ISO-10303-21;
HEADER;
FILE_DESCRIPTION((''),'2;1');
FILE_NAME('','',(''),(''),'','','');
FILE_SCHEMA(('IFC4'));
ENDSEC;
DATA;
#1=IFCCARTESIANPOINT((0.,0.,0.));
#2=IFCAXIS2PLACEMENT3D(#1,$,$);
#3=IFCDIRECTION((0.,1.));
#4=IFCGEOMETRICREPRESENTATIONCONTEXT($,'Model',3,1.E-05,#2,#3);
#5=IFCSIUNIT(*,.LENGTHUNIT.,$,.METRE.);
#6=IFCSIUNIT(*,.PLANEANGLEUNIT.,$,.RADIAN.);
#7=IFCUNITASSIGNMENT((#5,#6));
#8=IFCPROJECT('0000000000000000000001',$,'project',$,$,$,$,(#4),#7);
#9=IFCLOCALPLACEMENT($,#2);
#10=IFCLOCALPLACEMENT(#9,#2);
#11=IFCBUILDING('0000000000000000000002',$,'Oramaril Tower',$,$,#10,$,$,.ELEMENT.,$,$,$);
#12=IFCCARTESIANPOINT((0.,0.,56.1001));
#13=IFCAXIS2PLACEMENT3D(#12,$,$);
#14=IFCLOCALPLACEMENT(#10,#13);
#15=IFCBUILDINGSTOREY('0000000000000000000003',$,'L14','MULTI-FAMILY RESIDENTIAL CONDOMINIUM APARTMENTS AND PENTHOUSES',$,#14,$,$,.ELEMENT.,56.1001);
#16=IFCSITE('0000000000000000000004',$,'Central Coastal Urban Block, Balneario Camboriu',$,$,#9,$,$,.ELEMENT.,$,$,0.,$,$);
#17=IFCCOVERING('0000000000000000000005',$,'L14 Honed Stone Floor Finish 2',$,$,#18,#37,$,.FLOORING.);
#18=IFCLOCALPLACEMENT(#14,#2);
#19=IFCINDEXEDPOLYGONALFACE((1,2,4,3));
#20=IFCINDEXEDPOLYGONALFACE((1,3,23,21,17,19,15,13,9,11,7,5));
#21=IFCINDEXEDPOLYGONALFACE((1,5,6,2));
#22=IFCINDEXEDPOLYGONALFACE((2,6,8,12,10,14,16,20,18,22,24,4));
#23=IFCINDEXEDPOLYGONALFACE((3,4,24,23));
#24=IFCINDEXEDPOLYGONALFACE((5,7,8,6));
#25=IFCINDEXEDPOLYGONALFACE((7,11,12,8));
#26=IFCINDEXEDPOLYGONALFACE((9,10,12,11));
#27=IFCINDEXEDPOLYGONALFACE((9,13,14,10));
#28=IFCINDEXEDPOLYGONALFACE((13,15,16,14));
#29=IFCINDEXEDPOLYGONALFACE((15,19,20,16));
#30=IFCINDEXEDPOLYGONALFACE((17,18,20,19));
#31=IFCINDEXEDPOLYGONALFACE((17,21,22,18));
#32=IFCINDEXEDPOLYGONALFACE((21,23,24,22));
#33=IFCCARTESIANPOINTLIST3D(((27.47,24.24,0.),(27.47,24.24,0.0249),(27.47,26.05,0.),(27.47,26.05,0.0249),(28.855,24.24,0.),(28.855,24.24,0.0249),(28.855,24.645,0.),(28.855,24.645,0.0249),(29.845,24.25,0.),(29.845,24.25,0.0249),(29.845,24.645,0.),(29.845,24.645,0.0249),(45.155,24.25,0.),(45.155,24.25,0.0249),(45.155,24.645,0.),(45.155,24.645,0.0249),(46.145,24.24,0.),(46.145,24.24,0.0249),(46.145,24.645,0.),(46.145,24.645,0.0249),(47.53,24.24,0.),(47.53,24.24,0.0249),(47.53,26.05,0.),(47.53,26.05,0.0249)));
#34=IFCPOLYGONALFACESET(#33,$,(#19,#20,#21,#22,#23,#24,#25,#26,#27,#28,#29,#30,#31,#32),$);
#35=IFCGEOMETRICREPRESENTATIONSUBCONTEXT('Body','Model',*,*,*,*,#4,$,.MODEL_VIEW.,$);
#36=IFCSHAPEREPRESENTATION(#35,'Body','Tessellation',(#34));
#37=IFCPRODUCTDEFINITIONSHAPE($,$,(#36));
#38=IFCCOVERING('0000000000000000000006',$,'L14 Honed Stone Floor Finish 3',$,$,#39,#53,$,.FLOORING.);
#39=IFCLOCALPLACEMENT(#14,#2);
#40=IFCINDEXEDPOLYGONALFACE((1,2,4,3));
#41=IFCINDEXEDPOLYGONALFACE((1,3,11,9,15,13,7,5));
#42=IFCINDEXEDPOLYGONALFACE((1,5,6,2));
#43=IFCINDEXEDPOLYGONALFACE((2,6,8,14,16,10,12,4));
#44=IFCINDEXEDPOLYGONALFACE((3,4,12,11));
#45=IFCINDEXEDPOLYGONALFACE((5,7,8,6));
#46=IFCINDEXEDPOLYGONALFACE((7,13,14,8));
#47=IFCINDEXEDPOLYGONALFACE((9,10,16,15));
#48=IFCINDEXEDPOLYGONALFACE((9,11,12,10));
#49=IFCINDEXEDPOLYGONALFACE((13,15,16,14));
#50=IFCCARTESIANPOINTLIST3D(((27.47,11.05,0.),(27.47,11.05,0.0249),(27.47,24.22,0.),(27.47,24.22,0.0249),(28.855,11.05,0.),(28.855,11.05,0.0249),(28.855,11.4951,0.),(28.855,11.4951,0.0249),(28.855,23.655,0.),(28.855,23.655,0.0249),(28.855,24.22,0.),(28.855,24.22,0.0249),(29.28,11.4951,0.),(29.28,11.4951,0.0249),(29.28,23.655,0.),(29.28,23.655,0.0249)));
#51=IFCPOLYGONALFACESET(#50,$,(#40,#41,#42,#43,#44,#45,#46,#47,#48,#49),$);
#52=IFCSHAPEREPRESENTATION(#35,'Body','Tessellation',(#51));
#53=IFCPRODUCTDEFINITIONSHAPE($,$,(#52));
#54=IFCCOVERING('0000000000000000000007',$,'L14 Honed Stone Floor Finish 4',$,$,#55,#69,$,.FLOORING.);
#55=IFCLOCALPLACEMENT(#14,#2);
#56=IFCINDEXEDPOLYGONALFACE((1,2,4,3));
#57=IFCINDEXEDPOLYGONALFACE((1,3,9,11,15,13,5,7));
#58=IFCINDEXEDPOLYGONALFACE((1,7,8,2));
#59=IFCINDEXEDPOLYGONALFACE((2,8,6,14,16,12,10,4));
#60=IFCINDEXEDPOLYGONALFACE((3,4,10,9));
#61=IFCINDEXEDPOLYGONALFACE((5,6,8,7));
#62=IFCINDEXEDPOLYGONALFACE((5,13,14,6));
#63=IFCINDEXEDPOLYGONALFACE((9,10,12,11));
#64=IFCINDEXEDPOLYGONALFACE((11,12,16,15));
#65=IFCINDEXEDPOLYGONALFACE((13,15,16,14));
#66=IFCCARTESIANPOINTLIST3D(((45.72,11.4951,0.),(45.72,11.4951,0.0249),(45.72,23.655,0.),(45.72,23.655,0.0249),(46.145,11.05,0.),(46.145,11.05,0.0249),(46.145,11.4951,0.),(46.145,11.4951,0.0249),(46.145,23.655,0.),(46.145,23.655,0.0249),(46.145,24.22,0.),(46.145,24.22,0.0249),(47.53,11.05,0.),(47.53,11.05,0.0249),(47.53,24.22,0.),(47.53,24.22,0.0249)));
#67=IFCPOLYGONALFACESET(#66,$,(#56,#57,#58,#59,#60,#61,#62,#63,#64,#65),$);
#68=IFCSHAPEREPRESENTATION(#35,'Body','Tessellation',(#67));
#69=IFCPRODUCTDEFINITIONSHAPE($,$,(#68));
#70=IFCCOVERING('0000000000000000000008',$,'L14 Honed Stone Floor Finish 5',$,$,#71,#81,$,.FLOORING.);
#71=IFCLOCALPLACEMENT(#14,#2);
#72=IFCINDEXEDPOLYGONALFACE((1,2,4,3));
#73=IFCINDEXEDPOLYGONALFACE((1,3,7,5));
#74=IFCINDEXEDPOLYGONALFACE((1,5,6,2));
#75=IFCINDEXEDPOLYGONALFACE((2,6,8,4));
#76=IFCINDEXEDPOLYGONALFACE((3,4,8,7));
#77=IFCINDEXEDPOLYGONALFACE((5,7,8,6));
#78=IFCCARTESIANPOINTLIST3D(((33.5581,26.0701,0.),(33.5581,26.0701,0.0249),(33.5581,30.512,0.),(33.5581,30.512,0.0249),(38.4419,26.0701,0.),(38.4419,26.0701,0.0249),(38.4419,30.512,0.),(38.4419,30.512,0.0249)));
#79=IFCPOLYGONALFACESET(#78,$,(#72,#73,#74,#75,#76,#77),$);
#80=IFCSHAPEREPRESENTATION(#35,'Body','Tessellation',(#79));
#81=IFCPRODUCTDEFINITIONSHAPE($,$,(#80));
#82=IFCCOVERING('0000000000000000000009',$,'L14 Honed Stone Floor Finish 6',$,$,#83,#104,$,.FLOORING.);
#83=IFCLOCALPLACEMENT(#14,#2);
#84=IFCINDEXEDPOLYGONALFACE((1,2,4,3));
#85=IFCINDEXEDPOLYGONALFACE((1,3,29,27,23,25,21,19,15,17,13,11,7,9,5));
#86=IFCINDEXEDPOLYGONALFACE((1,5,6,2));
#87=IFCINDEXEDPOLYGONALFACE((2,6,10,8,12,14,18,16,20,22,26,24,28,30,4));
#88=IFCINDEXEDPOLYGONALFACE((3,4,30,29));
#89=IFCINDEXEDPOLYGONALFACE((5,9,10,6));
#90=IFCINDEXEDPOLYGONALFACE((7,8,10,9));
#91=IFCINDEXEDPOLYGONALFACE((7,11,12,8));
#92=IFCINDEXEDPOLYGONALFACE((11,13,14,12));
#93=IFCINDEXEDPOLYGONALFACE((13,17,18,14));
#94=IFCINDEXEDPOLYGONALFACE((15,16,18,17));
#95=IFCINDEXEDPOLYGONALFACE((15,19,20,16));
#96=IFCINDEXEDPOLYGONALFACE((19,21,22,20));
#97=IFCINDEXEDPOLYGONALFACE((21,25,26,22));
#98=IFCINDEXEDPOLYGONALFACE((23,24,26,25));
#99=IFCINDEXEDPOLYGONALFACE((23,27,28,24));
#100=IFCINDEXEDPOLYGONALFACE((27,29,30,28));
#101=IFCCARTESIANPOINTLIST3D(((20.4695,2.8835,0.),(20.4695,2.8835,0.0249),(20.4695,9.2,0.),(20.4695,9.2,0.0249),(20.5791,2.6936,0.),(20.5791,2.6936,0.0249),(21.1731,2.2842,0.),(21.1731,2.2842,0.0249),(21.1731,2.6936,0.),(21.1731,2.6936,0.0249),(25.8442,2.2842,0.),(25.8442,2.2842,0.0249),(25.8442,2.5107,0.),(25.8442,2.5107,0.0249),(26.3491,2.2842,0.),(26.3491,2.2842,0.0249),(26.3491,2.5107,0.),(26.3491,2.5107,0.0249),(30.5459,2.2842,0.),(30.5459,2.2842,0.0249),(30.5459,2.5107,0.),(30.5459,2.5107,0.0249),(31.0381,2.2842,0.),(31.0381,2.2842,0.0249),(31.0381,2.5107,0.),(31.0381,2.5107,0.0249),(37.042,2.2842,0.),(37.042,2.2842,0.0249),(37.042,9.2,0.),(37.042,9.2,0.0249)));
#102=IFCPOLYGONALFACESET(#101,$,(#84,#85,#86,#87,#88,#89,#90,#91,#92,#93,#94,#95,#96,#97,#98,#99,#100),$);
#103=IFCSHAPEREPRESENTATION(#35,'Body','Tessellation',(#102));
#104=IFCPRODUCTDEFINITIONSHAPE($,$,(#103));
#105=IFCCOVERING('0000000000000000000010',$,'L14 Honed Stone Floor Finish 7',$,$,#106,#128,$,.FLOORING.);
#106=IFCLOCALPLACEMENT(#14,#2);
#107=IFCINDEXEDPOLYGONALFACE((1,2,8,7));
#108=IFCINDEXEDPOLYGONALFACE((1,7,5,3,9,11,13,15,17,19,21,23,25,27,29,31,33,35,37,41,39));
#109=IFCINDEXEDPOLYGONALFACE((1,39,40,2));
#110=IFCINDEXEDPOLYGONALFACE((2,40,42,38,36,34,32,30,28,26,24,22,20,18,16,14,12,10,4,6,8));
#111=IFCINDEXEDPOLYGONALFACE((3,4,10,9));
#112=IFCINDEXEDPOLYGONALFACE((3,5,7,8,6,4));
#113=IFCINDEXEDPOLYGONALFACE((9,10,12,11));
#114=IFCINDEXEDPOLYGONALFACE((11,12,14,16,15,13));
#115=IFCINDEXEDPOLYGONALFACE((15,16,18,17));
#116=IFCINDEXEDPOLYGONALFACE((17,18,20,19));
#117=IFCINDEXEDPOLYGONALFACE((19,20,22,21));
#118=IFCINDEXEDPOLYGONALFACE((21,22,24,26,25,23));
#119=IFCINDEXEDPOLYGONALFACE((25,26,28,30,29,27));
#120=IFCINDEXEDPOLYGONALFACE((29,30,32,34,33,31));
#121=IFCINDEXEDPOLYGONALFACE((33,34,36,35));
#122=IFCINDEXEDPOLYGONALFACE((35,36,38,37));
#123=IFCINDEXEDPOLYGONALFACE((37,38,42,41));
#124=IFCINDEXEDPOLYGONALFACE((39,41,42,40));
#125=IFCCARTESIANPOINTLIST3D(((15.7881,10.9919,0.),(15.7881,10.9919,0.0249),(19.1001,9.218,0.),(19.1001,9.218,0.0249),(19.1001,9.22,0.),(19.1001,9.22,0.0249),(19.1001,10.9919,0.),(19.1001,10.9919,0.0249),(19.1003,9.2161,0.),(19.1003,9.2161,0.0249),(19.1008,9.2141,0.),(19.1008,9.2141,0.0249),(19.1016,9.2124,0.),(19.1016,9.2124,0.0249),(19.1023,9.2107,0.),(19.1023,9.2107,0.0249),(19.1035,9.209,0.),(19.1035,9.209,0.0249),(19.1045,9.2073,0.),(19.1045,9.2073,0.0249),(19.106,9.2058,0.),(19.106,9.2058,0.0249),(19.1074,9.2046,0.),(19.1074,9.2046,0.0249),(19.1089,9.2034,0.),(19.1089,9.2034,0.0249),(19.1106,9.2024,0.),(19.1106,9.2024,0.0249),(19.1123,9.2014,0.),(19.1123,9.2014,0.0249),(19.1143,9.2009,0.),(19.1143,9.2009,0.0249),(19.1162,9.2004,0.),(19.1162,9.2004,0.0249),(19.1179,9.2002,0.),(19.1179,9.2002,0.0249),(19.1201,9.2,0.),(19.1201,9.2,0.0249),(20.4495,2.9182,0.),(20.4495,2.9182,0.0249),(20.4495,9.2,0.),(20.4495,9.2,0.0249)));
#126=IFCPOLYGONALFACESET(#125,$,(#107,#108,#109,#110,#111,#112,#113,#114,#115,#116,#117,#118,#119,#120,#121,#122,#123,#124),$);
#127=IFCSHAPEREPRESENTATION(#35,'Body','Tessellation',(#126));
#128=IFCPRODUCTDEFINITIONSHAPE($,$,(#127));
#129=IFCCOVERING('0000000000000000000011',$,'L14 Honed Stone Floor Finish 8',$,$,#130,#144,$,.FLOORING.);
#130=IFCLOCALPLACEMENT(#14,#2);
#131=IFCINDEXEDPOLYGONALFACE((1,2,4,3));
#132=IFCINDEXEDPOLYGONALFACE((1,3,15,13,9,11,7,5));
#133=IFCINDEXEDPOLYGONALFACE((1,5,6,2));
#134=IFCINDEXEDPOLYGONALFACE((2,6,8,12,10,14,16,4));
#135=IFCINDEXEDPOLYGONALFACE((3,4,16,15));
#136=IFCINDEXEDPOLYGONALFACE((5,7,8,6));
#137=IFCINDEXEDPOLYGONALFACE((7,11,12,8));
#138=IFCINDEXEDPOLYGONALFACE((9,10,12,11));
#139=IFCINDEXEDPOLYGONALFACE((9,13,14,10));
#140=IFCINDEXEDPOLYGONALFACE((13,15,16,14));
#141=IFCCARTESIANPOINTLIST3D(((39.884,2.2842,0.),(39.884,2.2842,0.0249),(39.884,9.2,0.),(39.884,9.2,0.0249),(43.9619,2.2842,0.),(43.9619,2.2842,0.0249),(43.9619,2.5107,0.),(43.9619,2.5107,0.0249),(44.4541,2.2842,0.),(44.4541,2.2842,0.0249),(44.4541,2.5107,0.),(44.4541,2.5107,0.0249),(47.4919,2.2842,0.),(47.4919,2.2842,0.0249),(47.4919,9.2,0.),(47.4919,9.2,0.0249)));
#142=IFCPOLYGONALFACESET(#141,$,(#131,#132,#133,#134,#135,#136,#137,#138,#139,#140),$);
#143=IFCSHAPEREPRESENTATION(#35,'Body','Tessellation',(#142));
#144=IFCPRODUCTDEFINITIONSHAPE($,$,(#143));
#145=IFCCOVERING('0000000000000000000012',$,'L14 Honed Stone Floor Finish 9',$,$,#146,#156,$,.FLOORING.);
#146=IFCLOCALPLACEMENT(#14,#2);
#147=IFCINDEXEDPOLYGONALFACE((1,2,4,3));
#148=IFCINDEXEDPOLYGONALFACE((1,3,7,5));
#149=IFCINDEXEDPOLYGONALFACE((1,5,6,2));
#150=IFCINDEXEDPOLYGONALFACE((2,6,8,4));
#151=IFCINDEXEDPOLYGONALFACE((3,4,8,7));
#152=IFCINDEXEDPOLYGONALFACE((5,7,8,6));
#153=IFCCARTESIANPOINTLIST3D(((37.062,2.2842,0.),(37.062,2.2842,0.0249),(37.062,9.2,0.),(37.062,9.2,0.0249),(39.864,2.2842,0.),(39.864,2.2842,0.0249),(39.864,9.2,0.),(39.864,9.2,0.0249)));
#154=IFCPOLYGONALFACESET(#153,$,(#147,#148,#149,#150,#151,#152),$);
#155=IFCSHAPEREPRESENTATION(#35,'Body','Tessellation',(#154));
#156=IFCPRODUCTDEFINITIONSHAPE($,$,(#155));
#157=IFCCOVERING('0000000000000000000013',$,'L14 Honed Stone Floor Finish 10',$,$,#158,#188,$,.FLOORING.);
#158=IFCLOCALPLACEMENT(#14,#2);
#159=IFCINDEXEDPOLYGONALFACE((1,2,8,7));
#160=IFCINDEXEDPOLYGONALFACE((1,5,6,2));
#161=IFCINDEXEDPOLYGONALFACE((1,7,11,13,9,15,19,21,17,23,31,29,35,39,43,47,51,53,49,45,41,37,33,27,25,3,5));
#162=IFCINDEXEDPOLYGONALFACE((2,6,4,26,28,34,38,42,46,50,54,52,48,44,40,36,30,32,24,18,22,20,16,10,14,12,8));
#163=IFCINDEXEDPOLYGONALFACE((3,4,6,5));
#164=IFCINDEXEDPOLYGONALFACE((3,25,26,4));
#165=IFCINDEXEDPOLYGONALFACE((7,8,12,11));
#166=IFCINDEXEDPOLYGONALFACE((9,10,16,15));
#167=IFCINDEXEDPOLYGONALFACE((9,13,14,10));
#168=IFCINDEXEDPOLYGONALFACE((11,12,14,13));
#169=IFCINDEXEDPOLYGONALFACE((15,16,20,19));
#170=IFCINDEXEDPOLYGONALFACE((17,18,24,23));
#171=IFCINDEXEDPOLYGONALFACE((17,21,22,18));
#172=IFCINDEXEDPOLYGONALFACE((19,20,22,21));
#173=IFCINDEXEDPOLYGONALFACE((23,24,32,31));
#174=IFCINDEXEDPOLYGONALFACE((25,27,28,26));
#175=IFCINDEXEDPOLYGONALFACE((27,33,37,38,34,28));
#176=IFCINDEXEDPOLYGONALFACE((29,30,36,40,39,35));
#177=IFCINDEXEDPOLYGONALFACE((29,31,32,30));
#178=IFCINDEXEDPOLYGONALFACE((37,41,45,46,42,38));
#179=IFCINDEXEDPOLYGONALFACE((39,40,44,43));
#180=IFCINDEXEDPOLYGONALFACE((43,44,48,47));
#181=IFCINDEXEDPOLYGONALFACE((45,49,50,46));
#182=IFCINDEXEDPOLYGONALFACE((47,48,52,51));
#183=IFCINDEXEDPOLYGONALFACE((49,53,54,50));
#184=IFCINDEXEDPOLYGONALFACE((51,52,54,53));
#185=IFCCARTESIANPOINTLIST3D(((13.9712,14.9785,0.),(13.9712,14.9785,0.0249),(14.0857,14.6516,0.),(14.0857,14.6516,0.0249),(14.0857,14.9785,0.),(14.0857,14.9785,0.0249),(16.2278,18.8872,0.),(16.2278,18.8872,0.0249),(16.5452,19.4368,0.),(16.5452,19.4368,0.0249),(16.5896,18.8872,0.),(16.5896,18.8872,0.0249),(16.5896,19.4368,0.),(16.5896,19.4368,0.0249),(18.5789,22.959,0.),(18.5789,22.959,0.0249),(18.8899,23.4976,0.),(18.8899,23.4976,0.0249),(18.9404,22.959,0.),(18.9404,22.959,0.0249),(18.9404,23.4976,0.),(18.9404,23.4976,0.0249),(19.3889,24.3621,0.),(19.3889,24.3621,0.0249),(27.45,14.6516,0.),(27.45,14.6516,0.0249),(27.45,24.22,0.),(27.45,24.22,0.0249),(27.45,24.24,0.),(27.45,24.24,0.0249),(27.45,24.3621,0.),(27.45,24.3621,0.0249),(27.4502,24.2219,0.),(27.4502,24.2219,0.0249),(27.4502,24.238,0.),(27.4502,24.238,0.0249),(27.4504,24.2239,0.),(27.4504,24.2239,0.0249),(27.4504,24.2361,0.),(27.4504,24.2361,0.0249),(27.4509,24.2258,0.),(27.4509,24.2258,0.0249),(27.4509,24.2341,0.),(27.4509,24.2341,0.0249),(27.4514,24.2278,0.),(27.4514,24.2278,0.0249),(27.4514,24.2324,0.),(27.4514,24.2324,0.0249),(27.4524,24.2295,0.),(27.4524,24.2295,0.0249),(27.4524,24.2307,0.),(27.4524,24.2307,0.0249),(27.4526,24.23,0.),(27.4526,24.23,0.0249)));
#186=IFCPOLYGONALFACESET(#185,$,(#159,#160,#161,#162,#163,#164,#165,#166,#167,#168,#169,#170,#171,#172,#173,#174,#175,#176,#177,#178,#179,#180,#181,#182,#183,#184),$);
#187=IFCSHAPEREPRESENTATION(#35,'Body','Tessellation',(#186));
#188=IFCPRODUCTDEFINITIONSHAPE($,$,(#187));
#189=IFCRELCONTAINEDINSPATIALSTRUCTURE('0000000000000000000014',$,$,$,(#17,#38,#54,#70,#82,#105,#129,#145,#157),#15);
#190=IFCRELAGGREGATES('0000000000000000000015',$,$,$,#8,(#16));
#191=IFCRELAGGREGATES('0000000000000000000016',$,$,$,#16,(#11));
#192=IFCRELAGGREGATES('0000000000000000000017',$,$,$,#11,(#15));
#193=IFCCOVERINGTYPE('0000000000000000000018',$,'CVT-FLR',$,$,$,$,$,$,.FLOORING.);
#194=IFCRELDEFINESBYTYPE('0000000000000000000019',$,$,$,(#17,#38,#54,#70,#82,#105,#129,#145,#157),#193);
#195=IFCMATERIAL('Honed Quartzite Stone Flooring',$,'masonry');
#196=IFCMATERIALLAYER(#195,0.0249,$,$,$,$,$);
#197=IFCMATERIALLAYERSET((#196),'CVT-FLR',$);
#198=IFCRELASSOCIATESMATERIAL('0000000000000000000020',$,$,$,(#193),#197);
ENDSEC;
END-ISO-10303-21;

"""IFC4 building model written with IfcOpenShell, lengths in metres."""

from ifc_helpers import new_model, si_unit, direction, frame, origin, place, context, subcontext, project, spatial, polyline, outline, extrude, material, layer, layer_set, type_object, element, save


model = new_model("IFC4")

# Units and contexts
model_context = context("Model", 3, precision=1e-05, world=origin(), true_north=direction((0.0, 1.0)))
body_context = subcontext(model_context, "Body", "Model", "MODEL_VIEW")
ifc_project = project(units=[si_unit("LENGTHUNIT", "METRE"), si_unit("PLANEANGLEUNIT", "RADIAN")], contexts=[model_context])

# Site, building, storey
site_placement = place(None, origin())
site = spatial("IfcSite", under=ifc_project, at=site_placement, Name="Central Coastal Urban Block, Balneario Camboriu", CompositionType="ELEMENT", RefElevation=0.0)
building_placement = place(site_placement, origin())
building = spatial("IfcBuilding", under=site, at=building_placement, Name="Oramaril Tower", CompositionType="ELEMENT")
storey_placement = place(building_placement, frame((0.0, 0.0, 56.1001)))
storey = spatial("IfcBuildingStorey", under=building, at=storey_placement, Name="L14", Description="MULTI-FAMILY RESIDENTIAL CONDOMINIUM APARTMENTS AND PENTHOUSES", CompositionType="ELEMENT", Elevation=56.1001)

# Coverings
ifc_material_1 = material(Name="Honed Quartzite Stone Flooring", Category="masonry")
ifc_layer_1 = layer(ifc_material_1, 0.0249)
ifc_layer_set_1 = layer_set([ifc_layer_1], Name="CVT-FLR")
covering_type_1 = type_object("IfcCoveringType", Name="CVT-FLR", PredefinedType="FLOORING", material=ifc_layer_set_1)
covering_1_placement = place(storey_placement, origin())
element("IfcCovering", 1, at=covering_1_placement, inside=storey, type_object=covering_type_1, Name="L14 Honed Stone Floor Finish 2", PredefinedType="FLOORING", context=body_context, shape_type="SweptSolid", body=[
    extrude(outline(polyline([(47.53, 24.24), (46.145, 24.24), (46.145, 24.645), (45.155, 24.645), (45.155, 24.25), (29.845, 24.25), (29.845, 24.645), (28.855, 24.645), (28.855, 24.24), (27.47, 24.24), (27.47, 26.05), (47.53, 26.05), (47.53, 24.24)])), origin(), (0.0, 0.0, 1.0), 0.0249),
])
covering_2_placement = place(storey_placement, origin())
element("IfcCovering", 2, at=covering_2_placement, inside=storey, type_object=covering_type_1, Name="L14 Honed Stone Floor Finish 3", PredefinedType="FLOORING", context=body_context, shape_type="SweptSolid", body=[
    extrude(outline(polyline([(28.855, 23.655), (29.28, 23.655), (29.28, 11.4951), (28.855, 11.4951), (28.855, 11.05), (27.47, 11.05), (27.47, 24.22), (28.855, 24.22), (28.855, 23.655)])), origin(), (0.0, 0.0, 1.0), 0.0249),
])
covering_3_placement = place(storey_placement, origin())
element("IfcCovering", 3, at=covering_3_placement, inside=storey, type_object=covering_type_1, Name="L14 Honed Stone Floor Finish 4", PredefinedType="FLOORING", context=body_context, shape_type="SweptSolid", body=[
    extrude(outline(polyline([(47.53, 11.05), (46.145, 11.05), (46.145, 11.4951), (45.72, 11.4951), (45.72, 23.655), (46.145, 23.655), (46.145, 24.22), (47.53, 24.22), (47.53, 11.05)])), origin(), (0.0, 0.0, 1.0), 0.0249),
])
covering_4_placement = place(storey_placement, origin())
element("IfcCovering", 4, at=covering_4_placement, inside=storey, type_object=covering_type_1, Name="L14 Honed Stone Floor Finish 5", PredefinedType="FLOORING", context=body_context, shape_type="SweptSolid", body=[
    extrude(outline(polyline([(38.4419, 30.512), (38.4419, 26.0701), (33.5581, 26.0701), (33.5581, 30.512), (38.4419, 30.512)])), origin(), (0.0, 0.0, 1.0), 0.0249),
])
covering_5_placement = place(storey_placement, origin())
element("IfcCovering", 5, at=covering_5_placement, inside=storey, type_object=covering_type_1, Name="L14 Honed Stone Floor Finish 6", PredefinedType="FLOORING", context=body_context, shape_type="SweptSolid", body=[
    extrude(outline(polyline([(31.0381, 2.5107), (30.5459, 2.5107), (30.5459, 2.2842), (26.3491, 2.2842), (26.3491, 2.5107), (25.8442, 2.5107), (25.8442, 2.2842), (21.1731, 2.2842), (21.1731, 2.6936), (20.5791, 2.6936), (20.4695, 2.8835), (20.4695, 9.2), (37.042, 9.2), (37.042, 2.2842), (31.0381, 2.2842), (31.0381, 2.5107)])), origin(), (0.0, 0.0, 1.0), 0.0249),
])
covering_6_placement = place(storey_placement, origin())
element("IfcCovering", 6, at=covering_6_placement, inside=storey, type_object=covering_type_1, Name="L14 Honed Stone Floor Finish 7", PredefinedType="FLOORING", context=body_context, shape_type="SweptSolid", body=[
    extrude(outline(polyline([(15.7881, 10.9919), (19.1001, 10.9919), (19.1001, 9.22), (19.1001, 9.218), (19.1003, 9.2161), (19.1008, 9.2141), (19.1016, 9.2124), (19.1023, 9.2107), (19.1035, 9.209), (19.1045, 9.2073), (19.106, 9.2058), (19.1074, 9.2046), (19.1089, 9.2034), (19.1106, 9.2024), (19.1123, 9.2014), (19.1143, 9.2009), (19.1162, 9.2004), (19.1179, 9.2002), (19.1201, 9.2), (20.4495, 9.2), (20.4495, 2.9182), (15.7881, 10.9919)])), origin(), (0.0, 0.0, 1.0), 0.0249),
])
covering_7_placement = place(storey_placement, origin())
element("IfcCovering", 7, at=covering_7_placement, inside=storey, type_object=covering_type_1, Name="L14 Honed Stone Floor Finish 8", PredefinedType="FLOORING", context=body_context, shape_type="SweptSolid", body=[
    extrude(outline(polyline([(44.4541, 2.5107), (43.9619, 2.5107), (43.9619, 2.2842), (39.884, 2.2842), (39.884, 9.2), (47.4919, 9.2), (47.4919, 2.2842), (44.4541, 2.2842), (44.4541, 2.5107)])), origin(), (0.0, 0.0, 1.0), 0.0249),
])
covering_8_placement = place(storey_placement, origin())
element("IfcCovering", 8, at=covering_8_placement, inside=storey, type_object=covering_type_1, Name="L14 Honed Stone Floor Finish 9", PredefinedType="FLOORING", context=body_context, shape_type="SweptSolid", body=[
    extrude(outline(polyline([(37.062, 2.2842), (37.062, 9.2), (39.864, 9.2), (39.864, 2.2842), (37.062, 2.2842)])), origin(), (0.0, 0.0, 1.0), 0.0249),
])
covering_9_placement = place(storey_placement, origin())
element("IfcCovering", 9, at=covering_9_placement, inside=storey, type_object=covering_type_1, Name="L14 Honed Stone Floor Finish 10", PredefinedType="FLOORING", context=body_context, shape_type="SweptSolid", body=[
    extrude(outline(polyline([(14.0857, 14.6516), (14.0857, 14.9785), (13.9712, 14.9785), (16.2278, 18.8872), (16.5896, 18.8872), (16.5896, 19.4368), (16.5452, 19.4368), (18.5789, 22.959), (18.9404, 22.959), (18.9404, 23.4976), (18.8899, 23.4976), (19.3889, 24.3621), (27.45, 24.3621), (27.45, 24.24), (27.4502, 24.238), (27.4504, 24.2361), (27.4509, 24.2341), (27.4514, 24.2324), (27.4524, 24.2307), (27.4526, 24.23), (27.4524, 24.2295), (27.4514, 24.2278), (27.4509, 24.2258), (27.4504, 24.2239), (27.4502, 24.2219), (27.45, 24.22), (27.45, 14.6516), (14.0857, 14.6516)])), origin(), (0.0, 0.0, 1.0), 0.0249),
])

save(model, "model.ifc")
